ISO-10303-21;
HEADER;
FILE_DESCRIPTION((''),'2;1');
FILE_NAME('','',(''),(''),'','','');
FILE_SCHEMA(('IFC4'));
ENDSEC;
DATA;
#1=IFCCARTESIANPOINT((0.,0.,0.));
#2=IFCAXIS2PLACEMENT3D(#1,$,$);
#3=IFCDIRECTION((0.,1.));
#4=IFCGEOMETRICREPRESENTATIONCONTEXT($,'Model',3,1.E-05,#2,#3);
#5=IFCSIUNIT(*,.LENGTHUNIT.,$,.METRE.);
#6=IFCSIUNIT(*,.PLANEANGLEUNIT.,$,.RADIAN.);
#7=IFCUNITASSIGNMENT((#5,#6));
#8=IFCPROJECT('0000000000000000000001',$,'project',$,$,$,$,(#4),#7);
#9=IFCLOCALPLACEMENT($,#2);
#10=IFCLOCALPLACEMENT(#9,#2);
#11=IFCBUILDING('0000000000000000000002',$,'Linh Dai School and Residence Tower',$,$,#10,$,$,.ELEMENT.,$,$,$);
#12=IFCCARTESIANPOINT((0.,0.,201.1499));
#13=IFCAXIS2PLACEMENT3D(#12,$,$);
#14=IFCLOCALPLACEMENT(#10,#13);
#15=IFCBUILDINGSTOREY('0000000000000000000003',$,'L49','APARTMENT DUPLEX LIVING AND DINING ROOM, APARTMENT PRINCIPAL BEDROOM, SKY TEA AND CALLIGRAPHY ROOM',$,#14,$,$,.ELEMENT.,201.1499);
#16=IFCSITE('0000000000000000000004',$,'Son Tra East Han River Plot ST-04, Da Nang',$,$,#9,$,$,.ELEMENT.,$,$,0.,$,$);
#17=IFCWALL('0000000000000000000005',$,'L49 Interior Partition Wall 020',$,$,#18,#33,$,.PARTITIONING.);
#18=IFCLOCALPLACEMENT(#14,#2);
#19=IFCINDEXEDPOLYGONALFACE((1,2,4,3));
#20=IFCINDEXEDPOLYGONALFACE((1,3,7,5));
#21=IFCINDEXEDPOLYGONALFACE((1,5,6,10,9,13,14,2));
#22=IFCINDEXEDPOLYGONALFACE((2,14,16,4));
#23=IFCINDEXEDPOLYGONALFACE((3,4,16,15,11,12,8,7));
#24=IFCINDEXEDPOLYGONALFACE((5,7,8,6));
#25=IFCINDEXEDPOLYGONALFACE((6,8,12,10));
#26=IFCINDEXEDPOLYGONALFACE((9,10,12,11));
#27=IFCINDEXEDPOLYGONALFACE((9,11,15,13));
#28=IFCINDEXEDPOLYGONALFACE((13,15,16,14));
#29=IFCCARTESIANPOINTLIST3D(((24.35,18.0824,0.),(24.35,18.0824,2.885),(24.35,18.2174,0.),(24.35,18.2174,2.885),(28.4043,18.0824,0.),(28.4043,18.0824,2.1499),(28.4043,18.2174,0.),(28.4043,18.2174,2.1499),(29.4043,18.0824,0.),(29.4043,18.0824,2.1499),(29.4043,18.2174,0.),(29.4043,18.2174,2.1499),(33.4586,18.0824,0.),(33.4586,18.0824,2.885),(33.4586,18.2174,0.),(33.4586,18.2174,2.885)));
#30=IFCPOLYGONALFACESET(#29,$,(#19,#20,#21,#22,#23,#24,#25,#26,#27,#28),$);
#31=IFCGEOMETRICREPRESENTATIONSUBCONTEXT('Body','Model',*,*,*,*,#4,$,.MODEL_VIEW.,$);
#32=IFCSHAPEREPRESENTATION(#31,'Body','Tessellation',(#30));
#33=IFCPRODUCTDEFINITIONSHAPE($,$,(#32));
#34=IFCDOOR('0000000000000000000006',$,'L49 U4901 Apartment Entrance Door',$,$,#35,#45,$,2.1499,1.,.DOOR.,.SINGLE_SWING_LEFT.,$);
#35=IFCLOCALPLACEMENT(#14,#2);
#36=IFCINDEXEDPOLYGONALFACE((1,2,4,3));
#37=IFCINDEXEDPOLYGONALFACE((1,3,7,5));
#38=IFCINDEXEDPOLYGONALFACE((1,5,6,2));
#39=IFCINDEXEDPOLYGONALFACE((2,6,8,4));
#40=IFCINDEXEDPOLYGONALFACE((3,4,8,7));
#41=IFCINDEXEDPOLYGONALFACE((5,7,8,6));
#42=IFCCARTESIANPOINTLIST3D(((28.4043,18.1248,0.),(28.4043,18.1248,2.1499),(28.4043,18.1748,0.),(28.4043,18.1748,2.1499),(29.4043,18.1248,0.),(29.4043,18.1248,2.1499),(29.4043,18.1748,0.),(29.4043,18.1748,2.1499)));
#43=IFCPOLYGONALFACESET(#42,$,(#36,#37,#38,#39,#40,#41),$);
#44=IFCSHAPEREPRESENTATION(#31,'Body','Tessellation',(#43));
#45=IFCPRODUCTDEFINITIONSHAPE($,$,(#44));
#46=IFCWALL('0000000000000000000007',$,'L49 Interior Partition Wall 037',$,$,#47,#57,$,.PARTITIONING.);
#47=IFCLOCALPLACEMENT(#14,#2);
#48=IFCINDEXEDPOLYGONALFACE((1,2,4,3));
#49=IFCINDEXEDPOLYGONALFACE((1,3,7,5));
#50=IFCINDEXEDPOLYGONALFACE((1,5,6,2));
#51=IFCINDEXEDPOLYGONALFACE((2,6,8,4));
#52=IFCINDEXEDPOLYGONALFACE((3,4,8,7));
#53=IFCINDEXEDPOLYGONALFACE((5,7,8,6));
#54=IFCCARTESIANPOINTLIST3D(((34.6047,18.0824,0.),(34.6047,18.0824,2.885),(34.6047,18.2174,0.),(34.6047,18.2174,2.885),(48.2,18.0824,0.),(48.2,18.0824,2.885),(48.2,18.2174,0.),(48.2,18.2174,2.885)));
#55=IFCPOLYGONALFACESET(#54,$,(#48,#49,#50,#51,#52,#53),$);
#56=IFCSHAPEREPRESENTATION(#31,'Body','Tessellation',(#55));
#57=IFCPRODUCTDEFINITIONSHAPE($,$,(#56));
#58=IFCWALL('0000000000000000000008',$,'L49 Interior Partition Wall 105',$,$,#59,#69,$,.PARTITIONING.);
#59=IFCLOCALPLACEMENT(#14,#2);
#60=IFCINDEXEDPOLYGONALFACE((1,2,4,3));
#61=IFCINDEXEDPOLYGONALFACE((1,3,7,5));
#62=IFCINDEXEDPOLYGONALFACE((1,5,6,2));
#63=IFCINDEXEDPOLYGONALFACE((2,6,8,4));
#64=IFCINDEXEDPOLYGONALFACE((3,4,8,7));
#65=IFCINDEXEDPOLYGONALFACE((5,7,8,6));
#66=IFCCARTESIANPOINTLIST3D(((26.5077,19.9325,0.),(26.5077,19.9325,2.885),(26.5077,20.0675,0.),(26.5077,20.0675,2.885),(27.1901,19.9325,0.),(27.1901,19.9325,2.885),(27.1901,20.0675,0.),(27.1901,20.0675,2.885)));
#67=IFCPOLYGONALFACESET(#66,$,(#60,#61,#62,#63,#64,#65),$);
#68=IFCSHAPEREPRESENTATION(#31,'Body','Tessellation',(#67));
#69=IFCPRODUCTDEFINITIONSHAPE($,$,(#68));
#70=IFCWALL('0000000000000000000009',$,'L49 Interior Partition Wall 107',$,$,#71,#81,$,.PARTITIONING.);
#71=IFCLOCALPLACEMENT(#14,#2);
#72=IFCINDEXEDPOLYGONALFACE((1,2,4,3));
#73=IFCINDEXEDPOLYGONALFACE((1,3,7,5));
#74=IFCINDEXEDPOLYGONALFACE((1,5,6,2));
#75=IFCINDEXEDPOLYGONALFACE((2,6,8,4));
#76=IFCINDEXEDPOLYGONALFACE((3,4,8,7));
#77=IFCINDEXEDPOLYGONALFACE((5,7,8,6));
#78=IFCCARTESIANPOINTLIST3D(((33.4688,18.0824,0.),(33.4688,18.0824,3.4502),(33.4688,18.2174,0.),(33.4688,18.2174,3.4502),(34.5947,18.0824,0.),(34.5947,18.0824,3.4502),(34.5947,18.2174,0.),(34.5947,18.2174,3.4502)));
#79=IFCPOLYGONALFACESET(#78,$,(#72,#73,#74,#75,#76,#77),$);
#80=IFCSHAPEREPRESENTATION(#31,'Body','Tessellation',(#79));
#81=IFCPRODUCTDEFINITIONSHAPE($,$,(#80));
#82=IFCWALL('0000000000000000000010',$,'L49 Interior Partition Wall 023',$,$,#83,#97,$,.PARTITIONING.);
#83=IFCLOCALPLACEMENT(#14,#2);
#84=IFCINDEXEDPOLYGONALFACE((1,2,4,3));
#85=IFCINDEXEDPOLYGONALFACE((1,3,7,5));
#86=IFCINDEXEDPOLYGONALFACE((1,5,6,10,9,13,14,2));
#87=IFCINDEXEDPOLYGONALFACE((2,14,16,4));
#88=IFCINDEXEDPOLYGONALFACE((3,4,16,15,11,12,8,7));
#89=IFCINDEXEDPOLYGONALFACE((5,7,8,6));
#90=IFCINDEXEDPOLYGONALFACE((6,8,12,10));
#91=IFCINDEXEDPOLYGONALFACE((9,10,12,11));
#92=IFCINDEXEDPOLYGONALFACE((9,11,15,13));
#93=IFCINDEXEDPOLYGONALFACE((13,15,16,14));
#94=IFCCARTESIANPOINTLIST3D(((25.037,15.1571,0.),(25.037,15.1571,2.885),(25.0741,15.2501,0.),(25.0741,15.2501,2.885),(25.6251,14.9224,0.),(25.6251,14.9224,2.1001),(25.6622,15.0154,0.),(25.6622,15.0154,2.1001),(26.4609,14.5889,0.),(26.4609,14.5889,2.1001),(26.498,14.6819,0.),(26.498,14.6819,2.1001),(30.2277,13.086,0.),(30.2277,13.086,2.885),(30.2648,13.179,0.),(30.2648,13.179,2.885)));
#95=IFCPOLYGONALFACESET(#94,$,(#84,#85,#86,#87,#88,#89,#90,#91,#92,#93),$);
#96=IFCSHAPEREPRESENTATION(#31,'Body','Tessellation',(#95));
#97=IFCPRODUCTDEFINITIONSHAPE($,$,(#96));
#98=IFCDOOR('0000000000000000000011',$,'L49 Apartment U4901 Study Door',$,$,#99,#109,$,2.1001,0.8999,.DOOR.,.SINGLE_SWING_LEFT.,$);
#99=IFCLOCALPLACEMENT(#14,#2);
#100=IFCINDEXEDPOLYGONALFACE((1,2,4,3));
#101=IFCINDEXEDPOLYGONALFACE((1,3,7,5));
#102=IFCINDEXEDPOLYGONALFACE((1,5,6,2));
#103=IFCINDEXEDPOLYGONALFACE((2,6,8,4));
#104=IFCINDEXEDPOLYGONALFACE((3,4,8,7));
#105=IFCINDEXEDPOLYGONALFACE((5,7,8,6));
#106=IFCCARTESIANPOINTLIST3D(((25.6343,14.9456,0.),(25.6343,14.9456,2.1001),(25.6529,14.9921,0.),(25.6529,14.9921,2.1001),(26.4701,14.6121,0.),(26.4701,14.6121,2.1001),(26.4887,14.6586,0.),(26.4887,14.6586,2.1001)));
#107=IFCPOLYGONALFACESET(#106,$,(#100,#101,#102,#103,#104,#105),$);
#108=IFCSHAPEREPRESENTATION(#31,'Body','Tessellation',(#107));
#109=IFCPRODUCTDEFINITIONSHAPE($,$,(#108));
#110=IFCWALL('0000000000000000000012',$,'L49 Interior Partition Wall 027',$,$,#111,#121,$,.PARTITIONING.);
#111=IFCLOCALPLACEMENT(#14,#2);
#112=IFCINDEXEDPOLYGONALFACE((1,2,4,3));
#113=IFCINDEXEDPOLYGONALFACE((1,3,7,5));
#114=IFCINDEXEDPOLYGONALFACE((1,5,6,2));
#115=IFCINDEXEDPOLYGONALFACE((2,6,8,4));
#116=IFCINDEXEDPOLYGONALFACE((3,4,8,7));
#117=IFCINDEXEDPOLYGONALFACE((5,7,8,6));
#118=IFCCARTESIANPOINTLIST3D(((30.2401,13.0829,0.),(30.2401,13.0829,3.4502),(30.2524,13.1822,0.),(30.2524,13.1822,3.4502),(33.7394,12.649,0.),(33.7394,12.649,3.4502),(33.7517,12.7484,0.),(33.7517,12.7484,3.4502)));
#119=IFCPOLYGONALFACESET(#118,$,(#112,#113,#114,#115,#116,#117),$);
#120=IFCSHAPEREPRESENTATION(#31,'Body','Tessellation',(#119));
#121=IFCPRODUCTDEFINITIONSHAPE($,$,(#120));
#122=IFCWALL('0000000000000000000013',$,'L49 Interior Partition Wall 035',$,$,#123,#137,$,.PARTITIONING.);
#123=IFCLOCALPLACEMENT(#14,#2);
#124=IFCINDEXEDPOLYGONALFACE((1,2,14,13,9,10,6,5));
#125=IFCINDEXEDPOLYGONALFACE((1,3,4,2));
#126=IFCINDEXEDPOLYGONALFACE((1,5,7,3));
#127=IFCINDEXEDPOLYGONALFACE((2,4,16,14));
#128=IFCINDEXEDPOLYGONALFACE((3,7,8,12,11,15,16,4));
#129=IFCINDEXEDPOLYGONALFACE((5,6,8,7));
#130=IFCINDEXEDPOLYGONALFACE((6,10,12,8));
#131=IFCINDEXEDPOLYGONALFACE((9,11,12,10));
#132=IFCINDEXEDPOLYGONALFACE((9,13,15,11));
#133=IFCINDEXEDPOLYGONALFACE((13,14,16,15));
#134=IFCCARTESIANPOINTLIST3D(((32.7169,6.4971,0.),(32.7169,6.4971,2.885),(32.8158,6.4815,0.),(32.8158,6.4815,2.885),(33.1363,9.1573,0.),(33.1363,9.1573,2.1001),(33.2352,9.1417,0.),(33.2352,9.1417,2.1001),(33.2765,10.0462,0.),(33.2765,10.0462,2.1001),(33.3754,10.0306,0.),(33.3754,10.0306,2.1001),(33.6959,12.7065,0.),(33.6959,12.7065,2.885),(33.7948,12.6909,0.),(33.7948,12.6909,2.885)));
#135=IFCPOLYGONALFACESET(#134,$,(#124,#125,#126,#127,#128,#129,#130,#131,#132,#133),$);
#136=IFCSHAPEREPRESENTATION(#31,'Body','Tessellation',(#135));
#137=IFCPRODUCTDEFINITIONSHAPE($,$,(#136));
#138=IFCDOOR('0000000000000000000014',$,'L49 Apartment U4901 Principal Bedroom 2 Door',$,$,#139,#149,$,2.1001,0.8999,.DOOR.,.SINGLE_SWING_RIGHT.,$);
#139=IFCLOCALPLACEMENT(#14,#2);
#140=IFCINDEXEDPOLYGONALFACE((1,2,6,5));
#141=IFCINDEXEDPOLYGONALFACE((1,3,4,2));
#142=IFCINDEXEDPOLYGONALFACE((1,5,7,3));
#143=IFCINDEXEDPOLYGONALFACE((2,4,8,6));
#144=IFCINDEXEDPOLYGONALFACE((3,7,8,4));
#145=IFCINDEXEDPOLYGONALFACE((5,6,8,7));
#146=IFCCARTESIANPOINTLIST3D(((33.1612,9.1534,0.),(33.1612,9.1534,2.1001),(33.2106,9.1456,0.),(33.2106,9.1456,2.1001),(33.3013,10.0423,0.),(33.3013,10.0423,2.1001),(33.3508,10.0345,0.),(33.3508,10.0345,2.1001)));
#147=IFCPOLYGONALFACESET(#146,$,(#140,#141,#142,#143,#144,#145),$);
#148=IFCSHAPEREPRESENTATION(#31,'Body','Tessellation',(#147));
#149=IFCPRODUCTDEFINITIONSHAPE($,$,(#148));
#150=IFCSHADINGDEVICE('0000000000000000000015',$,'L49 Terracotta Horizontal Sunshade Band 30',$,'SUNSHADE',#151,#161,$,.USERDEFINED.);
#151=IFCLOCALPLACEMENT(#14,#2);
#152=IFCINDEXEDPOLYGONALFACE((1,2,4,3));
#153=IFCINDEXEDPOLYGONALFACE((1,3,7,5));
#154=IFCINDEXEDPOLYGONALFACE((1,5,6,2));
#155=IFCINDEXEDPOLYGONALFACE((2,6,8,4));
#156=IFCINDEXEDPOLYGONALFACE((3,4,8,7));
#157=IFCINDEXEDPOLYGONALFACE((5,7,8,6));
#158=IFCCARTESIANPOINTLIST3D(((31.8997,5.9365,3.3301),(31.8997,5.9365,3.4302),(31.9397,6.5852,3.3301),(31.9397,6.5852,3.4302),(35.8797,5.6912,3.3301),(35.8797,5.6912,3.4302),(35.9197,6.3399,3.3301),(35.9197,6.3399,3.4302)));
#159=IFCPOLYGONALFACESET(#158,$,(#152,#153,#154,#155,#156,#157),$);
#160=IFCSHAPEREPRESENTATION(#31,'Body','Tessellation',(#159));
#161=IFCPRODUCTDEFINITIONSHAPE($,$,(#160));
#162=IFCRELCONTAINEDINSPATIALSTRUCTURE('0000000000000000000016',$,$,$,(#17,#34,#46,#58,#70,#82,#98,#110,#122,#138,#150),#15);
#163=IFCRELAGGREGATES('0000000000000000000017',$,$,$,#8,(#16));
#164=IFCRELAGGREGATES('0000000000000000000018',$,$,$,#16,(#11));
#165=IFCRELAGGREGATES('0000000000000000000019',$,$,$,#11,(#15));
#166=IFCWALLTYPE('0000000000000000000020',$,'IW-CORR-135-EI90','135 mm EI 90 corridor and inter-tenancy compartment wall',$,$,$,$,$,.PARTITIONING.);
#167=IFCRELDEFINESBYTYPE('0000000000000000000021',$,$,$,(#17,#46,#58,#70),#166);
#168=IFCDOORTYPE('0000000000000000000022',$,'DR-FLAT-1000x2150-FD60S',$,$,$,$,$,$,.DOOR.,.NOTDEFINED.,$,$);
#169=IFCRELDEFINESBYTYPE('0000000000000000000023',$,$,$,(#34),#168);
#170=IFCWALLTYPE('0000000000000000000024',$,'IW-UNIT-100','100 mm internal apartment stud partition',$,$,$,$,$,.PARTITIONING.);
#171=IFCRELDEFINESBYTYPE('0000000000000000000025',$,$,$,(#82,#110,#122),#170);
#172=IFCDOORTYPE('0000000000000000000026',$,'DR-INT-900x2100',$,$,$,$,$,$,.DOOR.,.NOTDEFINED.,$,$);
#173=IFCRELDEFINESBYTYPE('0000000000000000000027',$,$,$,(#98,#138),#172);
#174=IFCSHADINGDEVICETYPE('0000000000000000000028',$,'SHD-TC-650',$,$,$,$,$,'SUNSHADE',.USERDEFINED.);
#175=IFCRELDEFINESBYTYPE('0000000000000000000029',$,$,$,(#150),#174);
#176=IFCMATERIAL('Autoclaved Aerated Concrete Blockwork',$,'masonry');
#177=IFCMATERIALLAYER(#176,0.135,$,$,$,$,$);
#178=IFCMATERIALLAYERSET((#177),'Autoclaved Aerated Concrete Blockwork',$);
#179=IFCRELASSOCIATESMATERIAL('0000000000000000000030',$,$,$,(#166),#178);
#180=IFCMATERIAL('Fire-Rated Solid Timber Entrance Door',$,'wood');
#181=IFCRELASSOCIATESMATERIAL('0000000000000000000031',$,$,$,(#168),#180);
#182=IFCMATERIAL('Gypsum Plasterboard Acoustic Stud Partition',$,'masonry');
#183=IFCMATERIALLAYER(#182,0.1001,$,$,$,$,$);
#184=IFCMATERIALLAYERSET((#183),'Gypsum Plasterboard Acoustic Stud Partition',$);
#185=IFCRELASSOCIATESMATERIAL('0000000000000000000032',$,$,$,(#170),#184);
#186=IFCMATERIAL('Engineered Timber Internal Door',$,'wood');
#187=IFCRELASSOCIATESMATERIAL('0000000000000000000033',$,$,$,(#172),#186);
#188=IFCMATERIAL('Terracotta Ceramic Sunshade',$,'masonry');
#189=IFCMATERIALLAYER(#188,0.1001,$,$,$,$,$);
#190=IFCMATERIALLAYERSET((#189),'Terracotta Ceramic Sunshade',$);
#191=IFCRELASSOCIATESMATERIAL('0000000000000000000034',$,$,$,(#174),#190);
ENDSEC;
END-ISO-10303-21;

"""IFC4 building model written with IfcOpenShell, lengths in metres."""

from ifc_helpers import new_model, si_unit, direction, frame, frame_2d, origin, origin_2d, place, context, subcontext, project, spatial, rectangle, extrude, source, transform, mapped, material, layer, layer_set, type_object, element, fill, save


model = new_model("IFC4")

# Units and contexts
model_context = context("Model", 3, precision=1e-05, world=origin(), true_north=direction((0.0, 1.0)))
body_context = subcontext(model_context, "Body", "Model", "MODEL_VIEW")
ifc_project = project(units=[si_unit("LENGTHUNIT", "METRE"), si_unit("PLANEANGLEUNIT", "RADIAN")], contexts=[model_context])

# Site, building, storey
site_placement = place(None, origin())
site = spatial("IfcSite", under=ifc_project, at=site_placement, Name="Son Tra East Han River Plot ST-04, Da Nang", CompositionType="ELEMENT", RefElevation=0.0)
building_placement = place(site_placement, origin())
building = spatial("IfcBuilding", under=site, at=building_placement, Name="Linh Dai School and Residence Tower", CompositionType="ELEMENT")
storey_placement = place(building_placement, frame((0.0, 0.0, 201.1499)))
storey = spatial("IfcBuildingStorey", under=building, at=storey_placement, Name="L49", Description="APARTMENT DUPLEX LIVING AND DINING ROOM, APARTMENT PRINCIPAL BEDROOM, SKY TEA AND CALLIGRAPHY ROOM", CompositionType="ELEMENT", Elevation=201.1499)

# Wall, opening, door
ifc_material_1 = material(Name="Autoclaved Aerated Concrete Blockwork", Category="masonry")
ifc_layer_1 = layer(ifc_material_1, 0.135)
ifc_layer_set_1 = layer_set([ifc_layer_1], Name="Autoclaved Aerated Concrete Blockwork")
wall_type_1 = type_object("IfcWallType", Name="IW-CORR-135-EI90", Description="135 mm EI 90 corridor and inter-tenancy compartment wall", PredefinedType="PARTITIONING", material=ifc_layer_set_1)
wall_1_placement = place(storey_placement, frame((24.3501, 18.1499, 0.0), z_axis=(0.0, 0.0, 1.0), x_axis=(1.0, 0.0, 0.0)))
wall_1 = element("IfcWall", 1, at=wall_1_placement, inside=storey, type_object=wall_type_1, Name="L49 Interior Partition Wall 020", PredefinedType="PARTITIONING", context=body_context, shape_type="SweptSolid", body=[
    extrude(rectangle(XDim=9.1086, YDim=0.135, at=frame_2d((4.5542, 0.0))), origin(), (0.0, 0.0, 1.0), 2.885),
])
opening_1_placement = place(wall_1_placement, frame((4.0542, 0.0, 0.0)))
opening_1 = element("IfcOpeningElement", 2, at=opening_1_placement, cuts=wall_1, PredefinedType="OPENING", context=body_context, shape_type="SweptSolid", body=[
    extrude(rectangle(XDim=1.0, YDim=2.1499, at=origin_2d()), frame((0.5, 0.0776, 1.075), z_axis=(0.0, -1.0, 0.0), x_axis=(1.0, 0.0, 0.0)), (0.0, 0.0, 1.0), 0.155),
])
ifc_material_2 = material(Name="Fire-Rated Solid Timber Entrance Door", Category="wood")
door_type_1 = type_object("IfcDoorType", Name="DR-FLAT-1000x2150-FD60S", OperationType="NOTDEFINED", PredefinedType="DOOR", material=ifc_material_2)
shared_shape_1 = source(origin(), body_context, "Body", "SweptSolid", [
    extrude(rectangle(XDim=1.0, YDim=2.1499, at=origin_2d()), frame((0.5, 0.0249, 1.075), z_axis=(0.0, -1.0, 0.0), x_axis=(1.0, 0.0, 0.0)), (0.0, 0.0, 1.0), 0.05),
])
door_1_placement = place(opening_1_placement, origin())
door_1 = element("IfcDoor", 3, at=door_1_placement, inside=storey, type_object=door_type_1, Name="L49 U4901 Apartment Entrance Door", OperationType="SINGLE_SWING_LEFT", OverallHeight=2.1499, OverallWidth=1.0, PredefinedType="DOOR", context=body_context, shape_type="MappedRepresentation", body=[
    mapped(shared_shape_1, transform((0.0, 0.0, 0.0), x_axis=(1.0, 0.0, 0.0), y_axis=(0.0, 1.0, 0.0), z_axis=(0.0, 0.0, 1.0), scale=1.0)),
])
fill(opening_1, door_1)

# Wall
wall_2_placement = place(storey_placement, frame((34.6047, 18.1499, 0.0), z_axis=(0.0, 0.0, 1.0), x_axis=(1.0, 0.0, 0.0)))
element("IfcWall", 4, at=wall_2_placement, inside=storey, type_object=wall_type_1, Name="L49 Interior Partition Wall 037", PredefinedType="PARTITIONING", context=body_context, shape_type="SweptSolid", body=[
    extrude(rectangle(XDim=13.5952, YDim=0.135, at=frame_2d((6.7976, 0.0))), origin(), (0.0, 0.0, 1.0), 2.885),
])

# Walls
wall_3_placement = place(storey_placement, frame((26.5076, 20.0, 0.0), z_axis=(0.0, 0.0, 1.0), x_axis=(1.0, 0.0, 0.0)))
element("IfcWall", 5, at=wall_3_placement, inside=storey, type_object=wall_type_1, Name="L49 Interior Partition Wall 105", PredefinedType="PARTITIONING", context=body_context, shape_type="SweptSolid", body=[
    extrude(rectangle(XDim=0.6824, YDim=0.135, at=frame_2d((0.3413, 0.0))), origin(), (0.0, 0.0, 1.0), 2.885),
])
wall_4_placement = place(storey_placement, frame((34.5947, 18.1499, 0.0), z_axis=(0.0, 0.0, 1.0), x_axis=(-1.0, 0.0, 0.0)))
element("IfcWall", 6, at=wall_4_placement, inside=storey, type_object=wall_type_1, Name="L49 Interior Partition Wall 107", PredefinedType="PARTITIONING", context=body_context, shape_type="SweptSolid", body=[
    extrude(rectangle(XDim=1.126, YDim=0.135, at=frame_2d((0.563, 0.0))), origin(), (0.0, 0.0, 1.0), 3.4502),
])

# Wall, opening, door
ifc_material_3 = material(Name="Gypsum Plasterboard Acoustic Stud Partition", Category="masonry")
ifc_layer_2 = layer(ifc_material_3, 0.1001)
ifc_layer_set_2 = layer_set([ifc_layer_2], Name="Gypsum Plasterboard Acoustic Stud Partition")
wall_type_2 = type_object("IfcWallType", Name="IW-UNIT-100", Description="100 mm internal apartment stud partition", PredefinedType="PARTITIONING", material=ifc_layer_set_2)
wall_5_placement = place(storey_placement, frame((25.0554, 15.2036, 0.0), z_axis=(0.0, 0.0, 1.0), x_axis=(0.928799, -0.370585, 0.0)))
wall_5 = element("IfcWall", 7, at=wall_5_placement, inside=storey, type_object=wall_type_2, Name="L49 Interior Partition Wall 023", PredefinedType="PARTITIONING", context=body_context, shape_type="SweptSolid", body=[
    extrude(rectangle(XDim=5.5886, YDim=0.1001, at=frame_2d((2.7944, 0.0))), origin(), (0.0, 0.0, 1.0), 2.885),
])
opening_2_placement = place(wall_5_placement, frame((0.6333, 0.0, 0.0)))
opening_2 = element("IfcOpeningElement", 8, at=opening_2_placement, cuts=wall_5, PredefinedType="OPENING", context=body_context, shape_type="SweptSolid", body=[
    extrude(rectangle(XDim=0.8999, YDim=2.1001, at=origin_2d()), frame((0.45, 0.0601, 1.05), z_axis=(0.0, -1.0, 0.0), x_axis=(1.0, 0.0, 0.0)), (0.0, 0.0, 1.0), 0.1201),
])
ifc_material_4 = material(Name="Engineered Timber Internal Door", Category="wood")
door_type_2 = type_object("IfcDoorType", Name="DR-INT-900x2100", OperationType="NOTDEFINED", PredefinedType="DOOR", material=ifc_material_4)
shared_shape_2 = source(origin(), body_context, "Body", "SweptSolid", [
    extrude(rectangle(XDim=0.8999, YDim=2.1001, at=origin_2d()), frame((0.45, 0.0249, 1.05), z_axis=(0.0, -1.0, 0.0), x_axis=(1.0, 0.0, 0.0)), (0.0, 0.0, 1.0), 0.05),
])
door_2_placement = place(opening_2_placement, origin())
door_2 = element("IfcDoor", 9, at=door_2_placement, inside=storey, type_object=door_type_2, Name="L49 Apartment U4901 Study Door", OperationType="SINGLE_SWING_LEFT", OverallHeight=2.1001, OverallWidth=0.8999, PredefinedType="DOOR", context=body_context, shape_type="MappedRepresentation", body=[
    mapped(shared_shape_2, transform((0.0, 0.0, 0.0), x_axis=(1.0, 0.0, 0.0), y_axis=(0.0, 1.0, 0.0), z_axis=(0.0, 0.0, 1.0), scale=1.0)),
])
fill(opening_2, door_2)

# Wall
wall_6_placement = place(storey_placement, frame((30.2461, 13.1326, 0.0), z_axis=(0.0, 0.0, 1.0), x_axis=(0.992402, -0.123038, 0.0)))
element("IfcWall", 10, at=wall_6_placement, inside=storey, type_object=wall_type_2, Name="L49 Interior Partition Wall 027", PredefinedType="PARTITIONING", context=body_context, shape_type="SweptSolid", body=[
    extrude(rectangle(XDim=3.5261, YDim=0.1001, at=frame_2d((1.7632, 0.0))), origin(), (0.0, 0.0, 1.0), 3.4502),
])

# Wall, opening, door
wall_7_placement = place(storey_placement, frame((32.7664, 6.4893, 0.0), z_axis=(0.0, 0.0, 1.0), x_axis=(0.155739, 0.987798, 0.0)))
wall_7 = element("IfcWall", 11, at=wall_7_placement, inside=storey, type_object=wall_type_2, Name="L49 Interior Partition Wall 035", PredefinedType="PARTITIONING", context=body_context, shape_type="SweptSolid", body=[
    extrude(rectangle(XDim=6.2861, YDim=0.1001, at=frame_2d((3.1431, 0.0))), origin(), (0.0, 0.0, 1.0), 2.885),
])
opening_3_placement = place(wall_7_placement, frame((2.6931, 0.0, 0.0)))
opening_3 = element("IfcOpeningElement", 12, at=opening_3_placement, cuts=wall_7, PredefinedType="OPENING", context=body_context, shape_type="SweptSolid", body=[
    extrude(rectangle(XDim=0.8999, YDim=2.1001, at=origin_2d()), frame((0.45, 0.0601, 1.05), z_axis=(0.0, -1.0, 0.0), x_axis=(1.0, 0.0, 0.0)), (0.0, 0.0, 1.0), 0.1201),
])
door_3_placement = place(opening_3_placement, origin())
door_3 = element("IfcDoor", 13, at=door_3_placement, inside=storey, type_object=door_type_2, Name="L49 Apartment U4901 Principal Bedroom 2 Door", OperationType="SINGLE_SWING_RIGHT", OverallHeight=2.1001, OverallWidth=0.8999, PredefinedType="DOOR", context=body_context, shape_type="MappedRepresentation", body=[
    mapped(shared_shape_2, transform((0.0, 0.0, 0.0), x_axis=(1.0, 0.0, 0.0), y_axis=(0.0, 1.0, 0.0), z_axis=(0.0, 0.0, 1.0), scale=1.0)),
])
fill(opening_3, door_3)

# Shading device
ifc_material_5 = material(Name="Terracotta Ceramic Sunshade", Category="masonry")
ifc_layer_3 = layer(ifc_material_5, 0.1001)
ifc_layer_set_3 = layer_set([ifc_layer_3], Name="Terracotta Ceramic Sunshade")
shading_device_type = type_object("IfcShadingDeviceType", Name="SHD-TC-650", ElementType="SUNSHADE", PredefinedType="USERDEFINED", material=ifc_layer_set_3)
shared_shape_3 = source(origin(), body_context, "Body", "SweptSolid", [
    extrude(rectangle(XDim=3.9875, YDim=0.6499, at=origin_2d()), origin(), (0.0, 0.0, 1.0), 0.1001),
])
shading_device_placement = place(storey_placement, frame((33.9097, 6.1382, 3.3301), z_axis=(0.0, 0.0, 1.0), x_axis=(-0.998106, 0.061512, 0.0)))
element("IfcShadingDevice", 14, at=shading_device_placement, inside=storey, type_object=shading_device_type, Name="L49 Terracotta Horizontal Sunshade Band 30", ObjectType="SUNSHADE", PredefinedType="USERDEFINED", context=body_context, shape_type="MappedRepresentation", body=[
    mapped(shared_shape_3, transform((0.0, 0.0, 0.0), x_axis=(1.0, 0.0, 0.0), y_axis=(0.0, 1.0, 0.0), z_axis=(0.0, 0.0, 1.0), scale=1.0)),
])

save(model, "model.ifc")
